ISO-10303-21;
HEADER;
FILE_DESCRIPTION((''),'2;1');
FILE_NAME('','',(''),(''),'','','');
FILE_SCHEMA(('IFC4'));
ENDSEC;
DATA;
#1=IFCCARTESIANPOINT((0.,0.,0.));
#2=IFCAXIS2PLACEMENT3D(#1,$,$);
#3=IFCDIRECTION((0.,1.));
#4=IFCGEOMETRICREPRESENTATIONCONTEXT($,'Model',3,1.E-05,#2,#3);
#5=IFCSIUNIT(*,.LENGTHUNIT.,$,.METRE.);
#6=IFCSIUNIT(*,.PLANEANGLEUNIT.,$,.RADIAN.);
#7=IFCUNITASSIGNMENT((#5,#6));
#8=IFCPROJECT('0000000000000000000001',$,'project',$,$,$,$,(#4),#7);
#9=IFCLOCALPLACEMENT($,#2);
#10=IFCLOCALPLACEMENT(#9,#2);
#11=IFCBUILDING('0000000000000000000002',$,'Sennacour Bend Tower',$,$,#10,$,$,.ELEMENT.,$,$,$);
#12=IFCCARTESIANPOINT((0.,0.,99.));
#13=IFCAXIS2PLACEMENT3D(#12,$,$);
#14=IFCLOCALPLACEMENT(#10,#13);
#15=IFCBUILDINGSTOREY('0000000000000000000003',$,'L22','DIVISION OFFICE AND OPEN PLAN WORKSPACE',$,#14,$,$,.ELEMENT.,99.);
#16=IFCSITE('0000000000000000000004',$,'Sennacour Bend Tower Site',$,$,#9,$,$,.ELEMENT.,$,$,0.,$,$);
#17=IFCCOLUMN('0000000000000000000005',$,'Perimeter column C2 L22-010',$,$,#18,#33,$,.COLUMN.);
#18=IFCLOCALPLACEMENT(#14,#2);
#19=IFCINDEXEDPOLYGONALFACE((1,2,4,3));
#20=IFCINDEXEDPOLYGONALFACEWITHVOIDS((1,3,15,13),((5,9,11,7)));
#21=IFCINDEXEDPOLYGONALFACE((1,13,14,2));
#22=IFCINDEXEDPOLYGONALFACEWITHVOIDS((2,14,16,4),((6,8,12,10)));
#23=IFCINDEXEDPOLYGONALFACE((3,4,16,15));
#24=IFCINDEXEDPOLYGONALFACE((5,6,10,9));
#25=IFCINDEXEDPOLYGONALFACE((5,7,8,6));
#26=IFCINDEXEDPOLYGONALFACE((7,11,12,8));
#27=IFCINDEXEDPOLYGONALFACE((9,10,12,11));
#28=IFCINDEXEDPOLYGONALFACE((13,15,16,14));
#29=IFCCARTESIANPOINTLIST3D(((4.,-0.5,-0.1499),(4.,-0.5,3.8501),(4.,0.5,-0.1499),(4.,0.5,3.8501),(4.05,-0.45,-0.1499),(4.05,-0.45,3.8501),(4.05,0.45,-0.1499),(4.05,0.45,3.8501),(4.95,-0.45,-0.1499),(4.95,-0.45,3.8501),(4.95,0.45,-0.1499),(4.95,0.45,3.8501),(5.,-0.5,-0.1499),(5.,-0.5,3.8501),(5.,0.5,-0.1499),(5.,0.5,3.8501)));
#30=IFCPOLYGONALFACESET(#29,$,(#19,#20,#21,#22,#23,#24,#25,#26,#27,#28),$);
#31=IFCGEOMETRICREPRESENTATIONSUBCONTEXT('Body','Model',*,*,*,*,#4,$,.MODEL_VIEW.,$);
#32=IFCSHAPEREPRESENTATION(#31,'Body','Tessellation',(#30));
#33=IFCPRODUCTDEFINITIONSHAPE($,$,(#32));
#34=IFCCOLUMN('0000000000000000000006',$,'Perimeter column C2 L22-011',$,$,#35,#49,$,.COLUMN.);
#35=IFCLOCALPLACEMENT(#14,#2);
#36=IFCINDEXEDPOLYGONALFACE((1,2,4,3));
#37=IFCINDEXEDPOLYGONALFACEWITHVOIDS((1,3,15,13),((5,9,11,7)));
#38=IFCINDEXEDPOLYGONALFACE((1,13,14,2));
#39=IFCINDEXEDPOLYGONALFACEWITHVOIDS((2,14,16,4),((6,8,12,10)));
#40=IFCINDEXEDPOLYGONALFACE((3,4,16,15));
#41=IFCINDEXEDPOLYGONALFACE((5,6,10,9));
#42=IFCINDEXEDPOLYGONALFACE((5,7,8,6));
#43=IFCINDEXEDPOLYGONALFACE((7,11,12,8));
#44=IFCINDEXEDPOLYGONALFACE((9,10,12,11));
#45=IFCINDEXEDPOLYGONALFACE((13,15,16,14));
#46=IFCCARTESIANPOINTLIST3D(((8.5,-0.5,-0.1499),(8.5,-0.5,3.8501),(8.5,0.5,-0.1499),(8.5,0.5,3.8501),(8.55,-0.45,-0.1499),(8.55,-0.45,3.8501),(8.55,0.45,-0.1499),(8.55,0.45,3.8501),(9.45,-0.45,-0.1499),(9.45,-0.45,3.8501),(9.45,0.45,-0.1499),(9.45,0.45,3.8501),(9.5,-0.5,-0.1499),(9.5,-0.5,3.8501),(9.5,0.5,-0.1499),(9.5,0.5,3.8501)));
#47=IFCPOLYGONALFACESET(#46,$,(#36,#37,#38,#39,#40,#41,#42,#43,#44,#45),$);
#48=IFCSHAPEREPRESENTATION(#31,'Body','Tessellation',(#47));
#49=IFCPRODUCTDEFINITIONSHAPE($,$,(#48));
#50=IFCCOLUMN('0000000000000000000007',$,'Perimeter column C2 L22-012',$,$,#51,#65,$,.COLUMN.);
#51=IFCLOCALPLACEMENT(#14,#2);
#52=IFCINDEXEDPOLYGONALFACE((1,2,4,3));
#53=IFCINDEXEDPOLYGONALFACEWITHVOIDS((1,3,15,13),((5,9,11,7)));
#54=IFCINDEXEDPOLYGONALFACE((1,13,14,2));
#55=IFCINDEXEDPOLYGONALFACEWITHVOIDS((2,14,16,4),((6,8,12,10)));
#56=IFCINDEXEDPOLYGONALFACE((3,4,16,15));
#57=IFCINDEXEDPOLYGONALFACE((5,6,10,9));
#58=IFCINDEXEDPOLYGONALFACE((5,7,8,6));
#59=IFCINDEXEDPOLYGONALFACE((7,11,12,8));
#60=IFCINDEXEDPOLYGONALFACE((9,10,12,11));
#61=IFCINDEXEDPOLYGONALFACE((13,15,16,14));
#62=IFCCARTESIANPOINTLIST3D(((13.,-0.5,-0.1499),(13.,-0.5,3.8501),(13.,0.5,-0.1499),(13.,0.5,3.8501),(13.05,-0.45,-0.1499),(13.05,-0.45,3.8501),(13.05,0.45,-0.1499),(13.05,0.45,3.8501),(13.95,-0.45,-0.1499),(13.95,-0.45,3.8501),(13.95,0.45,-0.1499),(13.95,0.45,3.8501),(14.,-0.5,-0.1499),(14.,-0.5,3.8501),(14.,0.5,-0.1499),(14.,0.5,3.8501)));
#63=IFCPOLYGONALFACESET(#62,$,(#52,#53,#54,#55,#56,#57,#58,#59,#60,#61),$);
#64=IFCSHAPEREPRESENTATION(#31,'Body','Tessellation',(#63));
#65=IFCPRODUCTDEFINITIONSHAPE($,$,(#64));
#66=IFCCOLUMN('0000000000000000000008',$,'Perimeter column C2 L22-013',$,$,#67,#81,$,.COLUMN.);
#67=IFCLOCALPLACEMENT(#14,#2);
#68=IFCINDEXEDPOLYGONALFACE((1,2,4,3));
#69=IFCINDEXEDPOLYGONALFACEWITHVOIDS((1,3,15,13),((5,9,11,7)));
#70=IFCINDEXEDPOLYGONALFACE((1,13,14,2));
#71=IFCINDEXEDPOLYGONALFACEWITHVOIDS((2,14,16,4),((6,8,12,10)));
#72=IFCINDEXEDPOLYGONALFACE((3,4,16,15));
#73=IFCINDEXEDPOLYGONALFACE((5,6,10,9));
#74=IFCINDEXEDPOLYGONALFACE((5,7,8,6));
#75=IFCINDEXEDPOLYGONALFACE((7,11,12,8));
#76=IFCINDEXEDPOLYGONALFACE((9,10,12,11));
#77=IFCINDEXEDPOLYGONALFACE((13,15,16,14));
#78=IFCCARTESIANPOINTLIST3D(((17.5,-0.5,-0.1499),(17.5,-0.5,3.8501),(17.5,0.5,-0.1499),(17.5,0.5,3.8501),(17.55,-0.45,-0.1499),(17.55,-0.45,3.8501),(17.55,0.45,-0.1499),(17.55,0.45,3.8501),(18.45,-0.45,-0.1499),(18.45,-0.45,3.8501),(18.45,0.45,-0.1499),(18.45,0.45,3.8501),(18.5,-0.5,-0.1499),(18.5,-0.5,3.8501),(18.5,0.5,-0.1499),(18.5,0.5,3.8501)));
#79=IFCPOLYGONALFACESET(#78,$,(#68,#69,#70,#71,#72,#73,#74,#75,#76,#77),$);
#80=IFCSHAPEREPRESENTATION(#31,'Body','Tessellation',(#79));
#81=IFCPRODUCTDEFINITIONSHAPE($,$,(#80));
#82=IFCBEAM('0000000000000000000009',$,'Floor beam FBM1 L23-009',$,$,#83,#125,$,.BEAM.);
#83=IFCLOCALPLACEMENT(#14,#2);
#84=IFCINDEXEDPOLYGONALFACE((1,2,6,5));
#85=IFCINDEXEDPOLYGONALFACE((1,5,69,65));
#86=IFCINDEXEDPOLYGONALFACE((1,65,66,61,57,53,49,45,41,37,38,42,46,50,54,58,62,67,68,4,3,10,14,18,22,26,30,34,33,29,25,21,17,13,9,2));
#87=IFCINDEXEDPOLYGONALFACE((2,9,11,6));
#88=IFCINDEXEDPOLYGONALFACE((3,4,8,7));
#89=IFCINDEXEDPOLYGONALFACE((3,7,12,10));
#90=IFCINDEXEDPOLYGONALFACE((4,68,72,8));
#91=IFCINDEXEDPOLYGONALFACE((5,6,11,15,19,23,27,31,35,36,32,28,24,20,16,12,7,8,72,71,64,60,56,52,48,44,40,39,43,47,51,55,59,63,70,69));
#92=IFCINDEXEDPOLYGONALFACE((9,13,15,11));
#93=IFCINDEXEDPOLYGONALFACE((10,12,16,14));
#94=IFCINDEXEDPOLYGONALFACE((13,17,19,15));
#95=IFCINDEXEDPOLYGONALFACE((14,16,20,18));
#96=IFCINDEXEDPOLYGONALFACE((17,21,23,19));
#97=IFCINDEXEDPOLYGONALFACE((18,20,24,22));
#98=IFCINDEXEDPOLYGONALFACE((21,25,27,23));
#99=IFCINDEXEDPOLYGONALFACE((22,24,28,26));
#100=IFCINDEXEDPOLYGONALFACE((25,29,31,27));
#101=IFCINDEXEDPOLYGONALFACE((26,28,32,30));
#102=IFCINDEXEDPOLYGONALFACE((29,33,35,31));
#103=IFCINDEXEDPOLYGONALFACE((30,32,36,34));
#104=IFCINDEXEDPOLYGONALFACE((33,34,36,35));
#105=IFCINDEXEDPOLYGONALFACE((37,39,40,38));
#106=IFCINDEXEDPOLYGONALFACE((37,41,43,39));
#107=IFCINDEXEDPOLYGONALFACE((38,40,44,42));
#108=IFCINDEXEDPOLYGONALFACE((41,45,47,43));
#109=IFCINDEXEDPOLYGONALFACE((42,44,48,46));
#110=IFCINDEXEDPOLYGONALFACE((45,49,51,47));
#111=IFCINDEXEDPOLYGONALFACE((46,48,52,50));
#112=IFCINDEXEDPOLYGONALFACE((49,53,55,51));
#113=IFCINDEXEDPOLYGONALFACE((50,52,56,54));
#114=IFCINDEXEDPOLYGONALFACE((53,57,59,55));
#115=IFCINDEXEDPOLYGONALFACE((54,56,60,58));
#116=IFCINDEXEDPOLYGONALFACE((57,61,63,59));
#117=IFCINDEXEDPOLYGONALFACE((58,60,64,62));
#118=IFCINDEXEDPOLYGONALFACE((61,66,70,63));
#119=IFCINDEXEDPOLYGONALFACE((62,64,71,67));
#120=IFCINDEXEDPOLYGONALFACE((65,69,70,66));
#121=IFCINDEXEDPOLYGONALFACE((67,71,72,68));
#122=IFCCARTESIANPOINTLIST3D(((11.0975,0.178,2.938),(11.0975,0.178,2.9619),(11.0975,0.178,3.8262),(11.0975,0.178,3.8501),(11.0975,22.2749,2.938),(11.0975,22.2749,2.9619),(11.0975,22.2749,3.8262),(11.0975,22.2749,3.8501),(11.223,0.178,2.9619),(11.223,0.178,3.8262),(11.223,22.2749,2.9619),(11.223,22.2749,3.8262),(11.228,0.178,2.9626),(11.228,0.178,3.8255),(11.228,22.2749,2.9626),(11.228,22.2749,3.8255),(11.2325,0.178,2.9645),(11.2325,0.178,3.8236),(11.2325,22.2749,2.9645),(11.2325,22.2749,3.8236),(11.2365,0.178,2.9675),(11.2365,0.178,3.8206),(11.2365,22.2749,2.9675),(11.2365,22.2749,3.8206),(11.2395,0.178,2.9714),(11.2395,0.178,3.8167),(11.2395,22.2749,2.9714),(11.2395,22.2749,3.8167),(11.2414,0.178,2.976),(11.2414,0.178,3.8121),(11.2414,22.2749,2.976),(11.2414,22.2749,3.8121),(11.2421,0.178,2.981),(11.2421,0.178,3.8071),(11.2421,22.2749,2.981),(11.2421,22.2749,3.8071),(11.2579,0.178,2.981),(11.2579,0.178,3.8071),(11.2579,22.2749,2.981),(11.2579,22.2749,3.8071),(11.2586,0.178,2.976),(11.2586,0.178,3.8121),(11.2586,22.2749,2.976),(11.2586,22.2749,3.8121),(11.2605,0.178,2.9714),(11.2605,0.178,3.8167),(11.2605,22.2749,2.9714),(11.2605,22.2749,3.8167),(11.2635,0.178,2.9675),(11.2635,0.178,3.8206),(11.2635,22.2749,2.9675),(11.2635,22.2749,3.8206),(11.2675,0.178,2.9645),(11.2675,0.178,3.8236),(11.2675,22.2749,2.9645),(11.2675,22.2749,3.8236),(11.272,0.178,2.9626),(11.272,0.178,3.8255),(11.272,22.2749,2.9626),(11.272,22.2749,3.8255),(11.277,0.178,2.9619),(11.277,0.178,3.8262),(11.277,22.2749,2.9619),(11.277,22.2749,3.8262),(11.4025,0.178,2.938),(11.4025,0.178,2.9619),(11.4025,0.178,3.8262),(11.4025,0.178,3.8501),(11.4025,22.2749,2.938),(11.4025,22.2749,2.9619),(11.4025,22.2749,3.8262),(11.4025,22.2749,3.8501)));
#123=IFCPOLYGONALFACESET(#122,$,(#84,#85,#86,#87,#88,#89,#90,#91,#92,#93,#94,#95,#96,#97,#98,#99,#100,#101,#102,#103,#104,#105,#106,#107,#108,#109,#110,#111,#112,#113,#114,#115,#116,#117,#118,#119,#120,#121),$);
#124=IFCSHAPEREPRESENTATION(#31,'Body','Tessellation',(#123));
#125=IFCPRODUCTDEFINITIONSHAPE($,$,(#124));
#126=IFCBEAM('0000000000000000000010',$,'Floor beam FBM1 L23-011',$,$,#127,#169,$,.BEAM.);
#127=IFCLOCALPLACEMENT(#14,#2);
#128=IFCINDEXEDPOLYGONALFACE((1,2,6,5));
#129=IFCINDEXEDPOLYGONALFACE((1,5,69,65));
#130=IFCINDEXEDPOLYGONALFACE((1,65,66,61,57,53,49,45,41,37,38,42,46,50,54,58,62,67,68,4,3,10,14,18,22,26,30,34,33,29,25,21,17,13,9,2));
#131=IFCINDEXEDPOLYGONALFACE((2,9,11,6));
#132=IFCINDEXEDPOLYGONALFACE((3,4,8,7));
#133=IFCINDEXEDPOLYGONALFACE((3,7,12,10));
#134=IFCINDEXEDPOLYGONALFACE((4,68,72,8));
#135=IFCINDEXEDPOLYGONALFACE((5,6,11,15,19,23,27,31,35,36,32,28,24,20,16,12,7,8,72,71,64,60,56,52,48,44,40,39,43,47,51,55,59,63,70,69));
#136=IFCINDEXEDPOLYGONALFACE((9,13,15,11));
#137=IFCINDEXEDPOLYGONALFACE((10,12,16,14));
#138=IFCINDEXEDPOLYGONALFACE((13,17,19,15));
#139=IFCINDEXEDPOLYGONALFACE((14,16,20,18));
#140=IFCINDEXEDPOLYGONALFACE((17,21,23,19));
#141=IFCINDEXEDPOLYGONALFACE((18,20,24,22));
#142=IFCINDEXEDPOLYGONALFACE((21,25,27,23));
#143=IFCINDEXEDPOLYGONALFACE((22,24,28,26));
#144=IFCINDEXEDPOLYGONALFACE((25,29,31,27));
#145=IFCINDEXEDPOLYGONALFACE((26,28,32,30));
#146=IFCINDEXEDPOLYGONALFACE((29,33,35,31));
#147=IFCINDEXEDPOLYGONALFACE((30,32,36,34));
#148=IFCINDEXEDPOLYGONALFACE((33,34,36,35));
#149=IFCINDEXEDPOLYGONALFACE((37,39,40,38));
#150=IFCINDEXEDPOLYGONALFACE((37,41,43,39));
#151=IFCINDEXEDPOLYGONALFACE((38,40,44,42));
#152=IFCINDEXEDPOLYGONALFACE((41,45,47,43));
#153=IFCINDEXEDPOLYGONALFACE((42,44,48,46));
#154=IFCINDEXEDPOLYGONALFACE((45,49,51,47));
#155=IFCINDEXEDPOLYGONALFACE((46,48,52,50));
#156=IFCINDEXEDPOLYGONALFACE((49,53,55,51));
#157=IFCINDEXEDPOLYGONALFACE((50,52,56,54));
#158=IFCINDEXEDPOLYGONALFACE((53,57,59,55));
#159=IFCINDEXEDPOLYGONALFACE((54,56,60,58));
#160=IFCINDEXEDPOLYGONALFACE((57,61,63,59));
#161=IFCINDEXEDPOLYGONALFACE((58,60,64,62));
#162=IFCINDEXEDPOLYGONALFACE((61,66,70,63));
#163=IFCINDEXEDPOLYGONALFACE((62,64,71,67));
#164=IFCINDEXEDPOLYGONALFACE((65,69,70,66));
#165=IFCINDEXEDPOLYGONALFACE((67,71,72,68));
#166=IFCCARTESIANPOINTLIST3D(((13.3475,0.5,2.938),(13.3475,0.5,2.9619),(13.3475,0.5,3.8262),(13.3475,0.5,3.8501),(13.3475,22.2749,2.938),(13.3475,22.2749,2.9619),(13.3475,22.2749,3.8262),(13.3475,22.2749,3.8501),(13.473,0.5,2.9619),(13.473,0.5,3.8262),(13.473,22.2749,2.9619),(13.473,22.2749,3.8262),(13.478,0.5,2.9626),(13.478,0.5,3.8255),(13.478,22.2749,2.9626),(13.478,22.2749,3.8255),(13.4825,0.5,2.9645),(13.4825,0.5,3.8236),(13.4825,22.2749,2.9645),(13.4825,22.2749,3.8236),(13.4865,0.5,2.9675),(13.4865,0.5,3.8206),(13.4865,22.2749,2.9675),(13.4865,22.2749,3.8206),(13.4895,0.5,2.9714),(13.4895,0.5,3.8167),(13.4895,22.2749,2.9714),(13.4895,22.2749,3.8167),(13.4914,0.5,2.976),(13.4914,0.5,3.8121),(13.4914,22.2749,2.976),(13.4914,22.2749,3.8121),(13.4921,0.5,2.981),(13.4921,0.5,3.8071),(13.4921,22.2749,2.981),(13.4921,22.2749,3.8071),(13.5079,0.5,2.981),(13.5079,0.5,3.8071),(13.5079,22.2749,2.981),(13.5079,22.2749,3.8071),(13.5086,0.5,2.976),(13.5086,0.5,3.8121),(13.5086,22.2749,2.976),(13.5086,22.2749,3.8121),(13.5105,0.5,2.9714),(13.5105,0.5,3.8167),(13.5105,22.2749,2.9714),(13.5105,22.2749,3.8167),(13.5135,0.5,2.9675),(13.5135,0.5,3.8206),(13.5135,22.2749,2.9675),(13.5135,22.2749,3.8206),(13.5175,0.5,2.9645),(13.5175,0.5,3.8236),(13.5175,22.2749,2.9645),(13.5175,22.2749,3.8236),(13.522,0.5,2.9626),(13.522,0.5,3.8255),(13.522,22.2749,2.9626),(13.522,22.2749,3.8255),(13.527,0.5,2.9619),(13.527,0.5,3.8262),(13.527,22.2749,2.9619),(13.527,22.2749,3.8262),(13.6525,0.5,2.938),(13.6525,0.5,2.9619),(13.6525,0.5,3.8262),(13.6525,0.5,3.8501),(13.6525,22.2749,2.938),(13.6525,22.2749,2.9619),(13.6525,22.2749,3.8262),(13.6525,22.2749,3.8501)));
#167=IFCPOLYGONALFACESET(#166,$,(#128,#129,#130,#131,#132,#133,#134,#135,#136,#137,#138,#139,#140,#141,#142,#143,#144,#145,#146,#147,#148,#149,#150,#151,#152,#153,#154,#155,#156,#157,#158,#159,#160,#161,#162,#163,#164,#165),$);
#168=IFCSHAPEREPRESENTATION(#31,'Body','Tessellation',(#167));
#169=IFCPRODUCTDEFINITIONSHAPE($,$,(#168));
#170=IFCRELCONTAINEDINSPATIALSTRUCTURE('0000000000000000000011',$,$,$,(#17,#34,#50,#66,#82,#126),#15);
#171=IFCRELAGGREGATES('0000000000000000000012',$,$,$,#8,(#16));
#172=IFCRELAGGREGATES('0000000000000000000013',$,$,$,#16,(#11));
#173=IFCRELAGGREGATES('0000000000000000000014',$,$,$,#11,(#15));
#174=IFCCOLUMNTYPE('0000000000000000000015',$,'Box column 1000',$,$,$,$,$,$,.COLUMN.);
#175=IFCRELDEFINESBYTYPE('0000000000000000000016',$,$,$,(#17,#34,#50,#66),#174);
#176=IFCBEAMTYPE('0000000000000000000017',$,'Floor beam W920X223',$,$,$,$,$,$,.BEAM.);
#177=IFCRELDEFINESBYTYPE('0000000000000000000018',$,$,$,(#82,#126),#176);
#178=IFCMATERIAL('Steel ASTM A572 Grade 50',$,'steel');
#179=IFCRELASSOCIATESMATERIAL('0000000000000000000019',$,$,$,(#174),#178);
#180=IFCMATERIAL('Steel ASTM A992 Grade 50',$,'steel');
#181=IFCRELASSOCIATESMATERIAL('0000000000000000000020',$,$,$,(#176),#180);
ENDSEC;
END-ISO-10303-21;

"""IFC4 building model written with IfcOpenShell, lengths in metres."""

from ifc_helpers import new_model, si_unit, direction, frame, origin, origin_2d, place, context, subcontext, project, spatial, hollow_rectangle, i_section, extrude, material, material_profile, profile_set, type_object, element, save


model = new_model("IFC4")

# Units and contexts
model_context = context("Model", 3, precision=1e-05, world=origin(), true_north=direction((0.0, 1.0)))
body_context = subcontext(model_context, "Body", "Model", "MODEL_VIEW")
ifc_project = project(units=[si_unit("LENGTHUNIT", "METRE"), si_unit("PLANEANGLEUNIT", "RADIAN")], contexts=[model_context])

# Site, building, storey
site_placement = place(None, origin())
site = spatial("IfcSite", under=ifc_project, at=site_placement, Name="Sennacour Bend Tower Site", CompositionType="ELEMENT", RefElevation=0.0)
building_placement = place(site_placement, origin())
building = spatial("IfcBuilding", under=site, at=building_placement, Name="Sennacour Bend Tower", CompositionType="ELEMENT")
storey_placement = place(building_placement, frame((0.0, 0.0, 99.0)))
storey = spatial("IfcBuildingStorey", under=building, at=storey_placement, Name="L22", Description="DIVISION OFFICE AND OPEN PLAN WORKSPACE", CompositionType="ELEMENT", Elevation=99.0)

# Columns
ifc_material_1 = material(Name="Steel ASTM A572 Grade 50", Category="steel")
ifc_material_profile_1 = material_profile(ifc_material_1, hollow_rectangle(XDim=1.0, YDim=1.0, WallThickness=0.05, at=origin_2d()), Name="Steel ASTM A572 Grade 50", Category="steel")
ifc_profile_set_1 = profile_set([ifc_material_profile_1], Name="Steel ASTM A572 Grade 50")
column_type = type_object("IfcColumnType", Name="Box column 1000", PredefinedType="COLUMN", material=ifc_profile_set_1)
for number, where, z_axis, x_axis, name in (
    (1, (4.5, 0.0, -0.1499), (0.0, 0.0, 1.0), (1.0, 0.0, 0.0), "Perimeter column C2 L22-010"),
    (2, (9.0, 0.0, -0.1499), (0.0, 0.0, 1.0), (1.0, 0.0, 0.0), "Perimeter column C2 L22-011"),
    (3, (13.5, 0.0, -0.1499), (0.0, 0.0, 1.0), (1.0, 0.0, 0.0), "Perimeter column C2 L22-012"),
    (4, (18.0, 0.0, -0.1499), (0.0, 0.0, 1.0), (1.0, 0.0, 0.0), "Perimeter column C2 L22-013"),
):
    element("IfcColumn", number, at=place(storey_placement, frame(where, z_axis=z_axis, x_axis=x_axis)), inside=storey, type_object=column_type, Name=name, PredefinedType="COLUMN", context=body_context, shape_type="SweptSolid", body=[
        extrude(hollow_rectangle(XDim=1.0, YDim=1.0, WallThickness=0.05, at=origin_2d()), origin(), (0.0, 0.0, 1.0), 4.0),
    ])

# Beams
ifc_material_2 = material(Name="Steel ASTM A992 Grade 50", Category="steel")
ifc_material_profile_2 = material_profile(ifc_material_2, i_section(OverallWidth=0.3049, OverallDepth=0.9121, WebThickness=0.0159, FlangeThickness=0.0239, FilletRadius=0.019, at=origin_2d()), Name="Steel ASTM A992 Grade 50", Category="steel")
ifc_profile_set_2 = profile_set([ifc_material_profile_2], Name="Steel ASTM A992 Grade 50")
beam_type_1 = type_object("IfcBeamType", Name="Floor beam W920X223", PredefinedType="BEAM", material=ifc_profile_set_2)
beam_1_placement = place(storey_placement, frame((11.25, 0.178, 3.394), z_axis=(0.0, 1.0, 0.0), x_axis=(-1.0, 0.0, 0.0)))
element("IfcBeam", 5, at=beam_1_placement, inside=storey, type_object=beam_type_1, Name="Floor beam FBM1 L23-009", PredefinedType="BEAM", context=body_context, shape_type="SweptSolid", body=[
    extrude(i_section(OverallWidth=0.3049, OverallDepth=0.9121, WebThickness=0.0159, FlangeThickness=0.0239, FilletRadius=0.019, at=origin_2d()), origin(), (0.0, 0.0, 1.0), 22.0969),
])
beam_2_placement = place(storey_placement, frame((13.5, 0.5, 3.394), z_axis=(0.0, 1.0, 0.0), x_axis=(-1.0, 0.0, 0.0)))
element("IfcBeam", 6, at=beam_2_placement, inside=storey, type_object=beam_type_1, Name="Floor beam FBM1 L23-011", PredefinedType="BEAM", context=body_context, shape_type="SweptSolid", body=[
    extrude(i_section(OverallWidth=0.3049, OverallDepth=0.9121, WebThickness=0.0159, FlangeThickness=0.0239, FilletRadius=0.019, at=origin_2d()), origin(), (0.0, 0.0, 1.0), 21.7749),
])

save(model, "model.ifc")
